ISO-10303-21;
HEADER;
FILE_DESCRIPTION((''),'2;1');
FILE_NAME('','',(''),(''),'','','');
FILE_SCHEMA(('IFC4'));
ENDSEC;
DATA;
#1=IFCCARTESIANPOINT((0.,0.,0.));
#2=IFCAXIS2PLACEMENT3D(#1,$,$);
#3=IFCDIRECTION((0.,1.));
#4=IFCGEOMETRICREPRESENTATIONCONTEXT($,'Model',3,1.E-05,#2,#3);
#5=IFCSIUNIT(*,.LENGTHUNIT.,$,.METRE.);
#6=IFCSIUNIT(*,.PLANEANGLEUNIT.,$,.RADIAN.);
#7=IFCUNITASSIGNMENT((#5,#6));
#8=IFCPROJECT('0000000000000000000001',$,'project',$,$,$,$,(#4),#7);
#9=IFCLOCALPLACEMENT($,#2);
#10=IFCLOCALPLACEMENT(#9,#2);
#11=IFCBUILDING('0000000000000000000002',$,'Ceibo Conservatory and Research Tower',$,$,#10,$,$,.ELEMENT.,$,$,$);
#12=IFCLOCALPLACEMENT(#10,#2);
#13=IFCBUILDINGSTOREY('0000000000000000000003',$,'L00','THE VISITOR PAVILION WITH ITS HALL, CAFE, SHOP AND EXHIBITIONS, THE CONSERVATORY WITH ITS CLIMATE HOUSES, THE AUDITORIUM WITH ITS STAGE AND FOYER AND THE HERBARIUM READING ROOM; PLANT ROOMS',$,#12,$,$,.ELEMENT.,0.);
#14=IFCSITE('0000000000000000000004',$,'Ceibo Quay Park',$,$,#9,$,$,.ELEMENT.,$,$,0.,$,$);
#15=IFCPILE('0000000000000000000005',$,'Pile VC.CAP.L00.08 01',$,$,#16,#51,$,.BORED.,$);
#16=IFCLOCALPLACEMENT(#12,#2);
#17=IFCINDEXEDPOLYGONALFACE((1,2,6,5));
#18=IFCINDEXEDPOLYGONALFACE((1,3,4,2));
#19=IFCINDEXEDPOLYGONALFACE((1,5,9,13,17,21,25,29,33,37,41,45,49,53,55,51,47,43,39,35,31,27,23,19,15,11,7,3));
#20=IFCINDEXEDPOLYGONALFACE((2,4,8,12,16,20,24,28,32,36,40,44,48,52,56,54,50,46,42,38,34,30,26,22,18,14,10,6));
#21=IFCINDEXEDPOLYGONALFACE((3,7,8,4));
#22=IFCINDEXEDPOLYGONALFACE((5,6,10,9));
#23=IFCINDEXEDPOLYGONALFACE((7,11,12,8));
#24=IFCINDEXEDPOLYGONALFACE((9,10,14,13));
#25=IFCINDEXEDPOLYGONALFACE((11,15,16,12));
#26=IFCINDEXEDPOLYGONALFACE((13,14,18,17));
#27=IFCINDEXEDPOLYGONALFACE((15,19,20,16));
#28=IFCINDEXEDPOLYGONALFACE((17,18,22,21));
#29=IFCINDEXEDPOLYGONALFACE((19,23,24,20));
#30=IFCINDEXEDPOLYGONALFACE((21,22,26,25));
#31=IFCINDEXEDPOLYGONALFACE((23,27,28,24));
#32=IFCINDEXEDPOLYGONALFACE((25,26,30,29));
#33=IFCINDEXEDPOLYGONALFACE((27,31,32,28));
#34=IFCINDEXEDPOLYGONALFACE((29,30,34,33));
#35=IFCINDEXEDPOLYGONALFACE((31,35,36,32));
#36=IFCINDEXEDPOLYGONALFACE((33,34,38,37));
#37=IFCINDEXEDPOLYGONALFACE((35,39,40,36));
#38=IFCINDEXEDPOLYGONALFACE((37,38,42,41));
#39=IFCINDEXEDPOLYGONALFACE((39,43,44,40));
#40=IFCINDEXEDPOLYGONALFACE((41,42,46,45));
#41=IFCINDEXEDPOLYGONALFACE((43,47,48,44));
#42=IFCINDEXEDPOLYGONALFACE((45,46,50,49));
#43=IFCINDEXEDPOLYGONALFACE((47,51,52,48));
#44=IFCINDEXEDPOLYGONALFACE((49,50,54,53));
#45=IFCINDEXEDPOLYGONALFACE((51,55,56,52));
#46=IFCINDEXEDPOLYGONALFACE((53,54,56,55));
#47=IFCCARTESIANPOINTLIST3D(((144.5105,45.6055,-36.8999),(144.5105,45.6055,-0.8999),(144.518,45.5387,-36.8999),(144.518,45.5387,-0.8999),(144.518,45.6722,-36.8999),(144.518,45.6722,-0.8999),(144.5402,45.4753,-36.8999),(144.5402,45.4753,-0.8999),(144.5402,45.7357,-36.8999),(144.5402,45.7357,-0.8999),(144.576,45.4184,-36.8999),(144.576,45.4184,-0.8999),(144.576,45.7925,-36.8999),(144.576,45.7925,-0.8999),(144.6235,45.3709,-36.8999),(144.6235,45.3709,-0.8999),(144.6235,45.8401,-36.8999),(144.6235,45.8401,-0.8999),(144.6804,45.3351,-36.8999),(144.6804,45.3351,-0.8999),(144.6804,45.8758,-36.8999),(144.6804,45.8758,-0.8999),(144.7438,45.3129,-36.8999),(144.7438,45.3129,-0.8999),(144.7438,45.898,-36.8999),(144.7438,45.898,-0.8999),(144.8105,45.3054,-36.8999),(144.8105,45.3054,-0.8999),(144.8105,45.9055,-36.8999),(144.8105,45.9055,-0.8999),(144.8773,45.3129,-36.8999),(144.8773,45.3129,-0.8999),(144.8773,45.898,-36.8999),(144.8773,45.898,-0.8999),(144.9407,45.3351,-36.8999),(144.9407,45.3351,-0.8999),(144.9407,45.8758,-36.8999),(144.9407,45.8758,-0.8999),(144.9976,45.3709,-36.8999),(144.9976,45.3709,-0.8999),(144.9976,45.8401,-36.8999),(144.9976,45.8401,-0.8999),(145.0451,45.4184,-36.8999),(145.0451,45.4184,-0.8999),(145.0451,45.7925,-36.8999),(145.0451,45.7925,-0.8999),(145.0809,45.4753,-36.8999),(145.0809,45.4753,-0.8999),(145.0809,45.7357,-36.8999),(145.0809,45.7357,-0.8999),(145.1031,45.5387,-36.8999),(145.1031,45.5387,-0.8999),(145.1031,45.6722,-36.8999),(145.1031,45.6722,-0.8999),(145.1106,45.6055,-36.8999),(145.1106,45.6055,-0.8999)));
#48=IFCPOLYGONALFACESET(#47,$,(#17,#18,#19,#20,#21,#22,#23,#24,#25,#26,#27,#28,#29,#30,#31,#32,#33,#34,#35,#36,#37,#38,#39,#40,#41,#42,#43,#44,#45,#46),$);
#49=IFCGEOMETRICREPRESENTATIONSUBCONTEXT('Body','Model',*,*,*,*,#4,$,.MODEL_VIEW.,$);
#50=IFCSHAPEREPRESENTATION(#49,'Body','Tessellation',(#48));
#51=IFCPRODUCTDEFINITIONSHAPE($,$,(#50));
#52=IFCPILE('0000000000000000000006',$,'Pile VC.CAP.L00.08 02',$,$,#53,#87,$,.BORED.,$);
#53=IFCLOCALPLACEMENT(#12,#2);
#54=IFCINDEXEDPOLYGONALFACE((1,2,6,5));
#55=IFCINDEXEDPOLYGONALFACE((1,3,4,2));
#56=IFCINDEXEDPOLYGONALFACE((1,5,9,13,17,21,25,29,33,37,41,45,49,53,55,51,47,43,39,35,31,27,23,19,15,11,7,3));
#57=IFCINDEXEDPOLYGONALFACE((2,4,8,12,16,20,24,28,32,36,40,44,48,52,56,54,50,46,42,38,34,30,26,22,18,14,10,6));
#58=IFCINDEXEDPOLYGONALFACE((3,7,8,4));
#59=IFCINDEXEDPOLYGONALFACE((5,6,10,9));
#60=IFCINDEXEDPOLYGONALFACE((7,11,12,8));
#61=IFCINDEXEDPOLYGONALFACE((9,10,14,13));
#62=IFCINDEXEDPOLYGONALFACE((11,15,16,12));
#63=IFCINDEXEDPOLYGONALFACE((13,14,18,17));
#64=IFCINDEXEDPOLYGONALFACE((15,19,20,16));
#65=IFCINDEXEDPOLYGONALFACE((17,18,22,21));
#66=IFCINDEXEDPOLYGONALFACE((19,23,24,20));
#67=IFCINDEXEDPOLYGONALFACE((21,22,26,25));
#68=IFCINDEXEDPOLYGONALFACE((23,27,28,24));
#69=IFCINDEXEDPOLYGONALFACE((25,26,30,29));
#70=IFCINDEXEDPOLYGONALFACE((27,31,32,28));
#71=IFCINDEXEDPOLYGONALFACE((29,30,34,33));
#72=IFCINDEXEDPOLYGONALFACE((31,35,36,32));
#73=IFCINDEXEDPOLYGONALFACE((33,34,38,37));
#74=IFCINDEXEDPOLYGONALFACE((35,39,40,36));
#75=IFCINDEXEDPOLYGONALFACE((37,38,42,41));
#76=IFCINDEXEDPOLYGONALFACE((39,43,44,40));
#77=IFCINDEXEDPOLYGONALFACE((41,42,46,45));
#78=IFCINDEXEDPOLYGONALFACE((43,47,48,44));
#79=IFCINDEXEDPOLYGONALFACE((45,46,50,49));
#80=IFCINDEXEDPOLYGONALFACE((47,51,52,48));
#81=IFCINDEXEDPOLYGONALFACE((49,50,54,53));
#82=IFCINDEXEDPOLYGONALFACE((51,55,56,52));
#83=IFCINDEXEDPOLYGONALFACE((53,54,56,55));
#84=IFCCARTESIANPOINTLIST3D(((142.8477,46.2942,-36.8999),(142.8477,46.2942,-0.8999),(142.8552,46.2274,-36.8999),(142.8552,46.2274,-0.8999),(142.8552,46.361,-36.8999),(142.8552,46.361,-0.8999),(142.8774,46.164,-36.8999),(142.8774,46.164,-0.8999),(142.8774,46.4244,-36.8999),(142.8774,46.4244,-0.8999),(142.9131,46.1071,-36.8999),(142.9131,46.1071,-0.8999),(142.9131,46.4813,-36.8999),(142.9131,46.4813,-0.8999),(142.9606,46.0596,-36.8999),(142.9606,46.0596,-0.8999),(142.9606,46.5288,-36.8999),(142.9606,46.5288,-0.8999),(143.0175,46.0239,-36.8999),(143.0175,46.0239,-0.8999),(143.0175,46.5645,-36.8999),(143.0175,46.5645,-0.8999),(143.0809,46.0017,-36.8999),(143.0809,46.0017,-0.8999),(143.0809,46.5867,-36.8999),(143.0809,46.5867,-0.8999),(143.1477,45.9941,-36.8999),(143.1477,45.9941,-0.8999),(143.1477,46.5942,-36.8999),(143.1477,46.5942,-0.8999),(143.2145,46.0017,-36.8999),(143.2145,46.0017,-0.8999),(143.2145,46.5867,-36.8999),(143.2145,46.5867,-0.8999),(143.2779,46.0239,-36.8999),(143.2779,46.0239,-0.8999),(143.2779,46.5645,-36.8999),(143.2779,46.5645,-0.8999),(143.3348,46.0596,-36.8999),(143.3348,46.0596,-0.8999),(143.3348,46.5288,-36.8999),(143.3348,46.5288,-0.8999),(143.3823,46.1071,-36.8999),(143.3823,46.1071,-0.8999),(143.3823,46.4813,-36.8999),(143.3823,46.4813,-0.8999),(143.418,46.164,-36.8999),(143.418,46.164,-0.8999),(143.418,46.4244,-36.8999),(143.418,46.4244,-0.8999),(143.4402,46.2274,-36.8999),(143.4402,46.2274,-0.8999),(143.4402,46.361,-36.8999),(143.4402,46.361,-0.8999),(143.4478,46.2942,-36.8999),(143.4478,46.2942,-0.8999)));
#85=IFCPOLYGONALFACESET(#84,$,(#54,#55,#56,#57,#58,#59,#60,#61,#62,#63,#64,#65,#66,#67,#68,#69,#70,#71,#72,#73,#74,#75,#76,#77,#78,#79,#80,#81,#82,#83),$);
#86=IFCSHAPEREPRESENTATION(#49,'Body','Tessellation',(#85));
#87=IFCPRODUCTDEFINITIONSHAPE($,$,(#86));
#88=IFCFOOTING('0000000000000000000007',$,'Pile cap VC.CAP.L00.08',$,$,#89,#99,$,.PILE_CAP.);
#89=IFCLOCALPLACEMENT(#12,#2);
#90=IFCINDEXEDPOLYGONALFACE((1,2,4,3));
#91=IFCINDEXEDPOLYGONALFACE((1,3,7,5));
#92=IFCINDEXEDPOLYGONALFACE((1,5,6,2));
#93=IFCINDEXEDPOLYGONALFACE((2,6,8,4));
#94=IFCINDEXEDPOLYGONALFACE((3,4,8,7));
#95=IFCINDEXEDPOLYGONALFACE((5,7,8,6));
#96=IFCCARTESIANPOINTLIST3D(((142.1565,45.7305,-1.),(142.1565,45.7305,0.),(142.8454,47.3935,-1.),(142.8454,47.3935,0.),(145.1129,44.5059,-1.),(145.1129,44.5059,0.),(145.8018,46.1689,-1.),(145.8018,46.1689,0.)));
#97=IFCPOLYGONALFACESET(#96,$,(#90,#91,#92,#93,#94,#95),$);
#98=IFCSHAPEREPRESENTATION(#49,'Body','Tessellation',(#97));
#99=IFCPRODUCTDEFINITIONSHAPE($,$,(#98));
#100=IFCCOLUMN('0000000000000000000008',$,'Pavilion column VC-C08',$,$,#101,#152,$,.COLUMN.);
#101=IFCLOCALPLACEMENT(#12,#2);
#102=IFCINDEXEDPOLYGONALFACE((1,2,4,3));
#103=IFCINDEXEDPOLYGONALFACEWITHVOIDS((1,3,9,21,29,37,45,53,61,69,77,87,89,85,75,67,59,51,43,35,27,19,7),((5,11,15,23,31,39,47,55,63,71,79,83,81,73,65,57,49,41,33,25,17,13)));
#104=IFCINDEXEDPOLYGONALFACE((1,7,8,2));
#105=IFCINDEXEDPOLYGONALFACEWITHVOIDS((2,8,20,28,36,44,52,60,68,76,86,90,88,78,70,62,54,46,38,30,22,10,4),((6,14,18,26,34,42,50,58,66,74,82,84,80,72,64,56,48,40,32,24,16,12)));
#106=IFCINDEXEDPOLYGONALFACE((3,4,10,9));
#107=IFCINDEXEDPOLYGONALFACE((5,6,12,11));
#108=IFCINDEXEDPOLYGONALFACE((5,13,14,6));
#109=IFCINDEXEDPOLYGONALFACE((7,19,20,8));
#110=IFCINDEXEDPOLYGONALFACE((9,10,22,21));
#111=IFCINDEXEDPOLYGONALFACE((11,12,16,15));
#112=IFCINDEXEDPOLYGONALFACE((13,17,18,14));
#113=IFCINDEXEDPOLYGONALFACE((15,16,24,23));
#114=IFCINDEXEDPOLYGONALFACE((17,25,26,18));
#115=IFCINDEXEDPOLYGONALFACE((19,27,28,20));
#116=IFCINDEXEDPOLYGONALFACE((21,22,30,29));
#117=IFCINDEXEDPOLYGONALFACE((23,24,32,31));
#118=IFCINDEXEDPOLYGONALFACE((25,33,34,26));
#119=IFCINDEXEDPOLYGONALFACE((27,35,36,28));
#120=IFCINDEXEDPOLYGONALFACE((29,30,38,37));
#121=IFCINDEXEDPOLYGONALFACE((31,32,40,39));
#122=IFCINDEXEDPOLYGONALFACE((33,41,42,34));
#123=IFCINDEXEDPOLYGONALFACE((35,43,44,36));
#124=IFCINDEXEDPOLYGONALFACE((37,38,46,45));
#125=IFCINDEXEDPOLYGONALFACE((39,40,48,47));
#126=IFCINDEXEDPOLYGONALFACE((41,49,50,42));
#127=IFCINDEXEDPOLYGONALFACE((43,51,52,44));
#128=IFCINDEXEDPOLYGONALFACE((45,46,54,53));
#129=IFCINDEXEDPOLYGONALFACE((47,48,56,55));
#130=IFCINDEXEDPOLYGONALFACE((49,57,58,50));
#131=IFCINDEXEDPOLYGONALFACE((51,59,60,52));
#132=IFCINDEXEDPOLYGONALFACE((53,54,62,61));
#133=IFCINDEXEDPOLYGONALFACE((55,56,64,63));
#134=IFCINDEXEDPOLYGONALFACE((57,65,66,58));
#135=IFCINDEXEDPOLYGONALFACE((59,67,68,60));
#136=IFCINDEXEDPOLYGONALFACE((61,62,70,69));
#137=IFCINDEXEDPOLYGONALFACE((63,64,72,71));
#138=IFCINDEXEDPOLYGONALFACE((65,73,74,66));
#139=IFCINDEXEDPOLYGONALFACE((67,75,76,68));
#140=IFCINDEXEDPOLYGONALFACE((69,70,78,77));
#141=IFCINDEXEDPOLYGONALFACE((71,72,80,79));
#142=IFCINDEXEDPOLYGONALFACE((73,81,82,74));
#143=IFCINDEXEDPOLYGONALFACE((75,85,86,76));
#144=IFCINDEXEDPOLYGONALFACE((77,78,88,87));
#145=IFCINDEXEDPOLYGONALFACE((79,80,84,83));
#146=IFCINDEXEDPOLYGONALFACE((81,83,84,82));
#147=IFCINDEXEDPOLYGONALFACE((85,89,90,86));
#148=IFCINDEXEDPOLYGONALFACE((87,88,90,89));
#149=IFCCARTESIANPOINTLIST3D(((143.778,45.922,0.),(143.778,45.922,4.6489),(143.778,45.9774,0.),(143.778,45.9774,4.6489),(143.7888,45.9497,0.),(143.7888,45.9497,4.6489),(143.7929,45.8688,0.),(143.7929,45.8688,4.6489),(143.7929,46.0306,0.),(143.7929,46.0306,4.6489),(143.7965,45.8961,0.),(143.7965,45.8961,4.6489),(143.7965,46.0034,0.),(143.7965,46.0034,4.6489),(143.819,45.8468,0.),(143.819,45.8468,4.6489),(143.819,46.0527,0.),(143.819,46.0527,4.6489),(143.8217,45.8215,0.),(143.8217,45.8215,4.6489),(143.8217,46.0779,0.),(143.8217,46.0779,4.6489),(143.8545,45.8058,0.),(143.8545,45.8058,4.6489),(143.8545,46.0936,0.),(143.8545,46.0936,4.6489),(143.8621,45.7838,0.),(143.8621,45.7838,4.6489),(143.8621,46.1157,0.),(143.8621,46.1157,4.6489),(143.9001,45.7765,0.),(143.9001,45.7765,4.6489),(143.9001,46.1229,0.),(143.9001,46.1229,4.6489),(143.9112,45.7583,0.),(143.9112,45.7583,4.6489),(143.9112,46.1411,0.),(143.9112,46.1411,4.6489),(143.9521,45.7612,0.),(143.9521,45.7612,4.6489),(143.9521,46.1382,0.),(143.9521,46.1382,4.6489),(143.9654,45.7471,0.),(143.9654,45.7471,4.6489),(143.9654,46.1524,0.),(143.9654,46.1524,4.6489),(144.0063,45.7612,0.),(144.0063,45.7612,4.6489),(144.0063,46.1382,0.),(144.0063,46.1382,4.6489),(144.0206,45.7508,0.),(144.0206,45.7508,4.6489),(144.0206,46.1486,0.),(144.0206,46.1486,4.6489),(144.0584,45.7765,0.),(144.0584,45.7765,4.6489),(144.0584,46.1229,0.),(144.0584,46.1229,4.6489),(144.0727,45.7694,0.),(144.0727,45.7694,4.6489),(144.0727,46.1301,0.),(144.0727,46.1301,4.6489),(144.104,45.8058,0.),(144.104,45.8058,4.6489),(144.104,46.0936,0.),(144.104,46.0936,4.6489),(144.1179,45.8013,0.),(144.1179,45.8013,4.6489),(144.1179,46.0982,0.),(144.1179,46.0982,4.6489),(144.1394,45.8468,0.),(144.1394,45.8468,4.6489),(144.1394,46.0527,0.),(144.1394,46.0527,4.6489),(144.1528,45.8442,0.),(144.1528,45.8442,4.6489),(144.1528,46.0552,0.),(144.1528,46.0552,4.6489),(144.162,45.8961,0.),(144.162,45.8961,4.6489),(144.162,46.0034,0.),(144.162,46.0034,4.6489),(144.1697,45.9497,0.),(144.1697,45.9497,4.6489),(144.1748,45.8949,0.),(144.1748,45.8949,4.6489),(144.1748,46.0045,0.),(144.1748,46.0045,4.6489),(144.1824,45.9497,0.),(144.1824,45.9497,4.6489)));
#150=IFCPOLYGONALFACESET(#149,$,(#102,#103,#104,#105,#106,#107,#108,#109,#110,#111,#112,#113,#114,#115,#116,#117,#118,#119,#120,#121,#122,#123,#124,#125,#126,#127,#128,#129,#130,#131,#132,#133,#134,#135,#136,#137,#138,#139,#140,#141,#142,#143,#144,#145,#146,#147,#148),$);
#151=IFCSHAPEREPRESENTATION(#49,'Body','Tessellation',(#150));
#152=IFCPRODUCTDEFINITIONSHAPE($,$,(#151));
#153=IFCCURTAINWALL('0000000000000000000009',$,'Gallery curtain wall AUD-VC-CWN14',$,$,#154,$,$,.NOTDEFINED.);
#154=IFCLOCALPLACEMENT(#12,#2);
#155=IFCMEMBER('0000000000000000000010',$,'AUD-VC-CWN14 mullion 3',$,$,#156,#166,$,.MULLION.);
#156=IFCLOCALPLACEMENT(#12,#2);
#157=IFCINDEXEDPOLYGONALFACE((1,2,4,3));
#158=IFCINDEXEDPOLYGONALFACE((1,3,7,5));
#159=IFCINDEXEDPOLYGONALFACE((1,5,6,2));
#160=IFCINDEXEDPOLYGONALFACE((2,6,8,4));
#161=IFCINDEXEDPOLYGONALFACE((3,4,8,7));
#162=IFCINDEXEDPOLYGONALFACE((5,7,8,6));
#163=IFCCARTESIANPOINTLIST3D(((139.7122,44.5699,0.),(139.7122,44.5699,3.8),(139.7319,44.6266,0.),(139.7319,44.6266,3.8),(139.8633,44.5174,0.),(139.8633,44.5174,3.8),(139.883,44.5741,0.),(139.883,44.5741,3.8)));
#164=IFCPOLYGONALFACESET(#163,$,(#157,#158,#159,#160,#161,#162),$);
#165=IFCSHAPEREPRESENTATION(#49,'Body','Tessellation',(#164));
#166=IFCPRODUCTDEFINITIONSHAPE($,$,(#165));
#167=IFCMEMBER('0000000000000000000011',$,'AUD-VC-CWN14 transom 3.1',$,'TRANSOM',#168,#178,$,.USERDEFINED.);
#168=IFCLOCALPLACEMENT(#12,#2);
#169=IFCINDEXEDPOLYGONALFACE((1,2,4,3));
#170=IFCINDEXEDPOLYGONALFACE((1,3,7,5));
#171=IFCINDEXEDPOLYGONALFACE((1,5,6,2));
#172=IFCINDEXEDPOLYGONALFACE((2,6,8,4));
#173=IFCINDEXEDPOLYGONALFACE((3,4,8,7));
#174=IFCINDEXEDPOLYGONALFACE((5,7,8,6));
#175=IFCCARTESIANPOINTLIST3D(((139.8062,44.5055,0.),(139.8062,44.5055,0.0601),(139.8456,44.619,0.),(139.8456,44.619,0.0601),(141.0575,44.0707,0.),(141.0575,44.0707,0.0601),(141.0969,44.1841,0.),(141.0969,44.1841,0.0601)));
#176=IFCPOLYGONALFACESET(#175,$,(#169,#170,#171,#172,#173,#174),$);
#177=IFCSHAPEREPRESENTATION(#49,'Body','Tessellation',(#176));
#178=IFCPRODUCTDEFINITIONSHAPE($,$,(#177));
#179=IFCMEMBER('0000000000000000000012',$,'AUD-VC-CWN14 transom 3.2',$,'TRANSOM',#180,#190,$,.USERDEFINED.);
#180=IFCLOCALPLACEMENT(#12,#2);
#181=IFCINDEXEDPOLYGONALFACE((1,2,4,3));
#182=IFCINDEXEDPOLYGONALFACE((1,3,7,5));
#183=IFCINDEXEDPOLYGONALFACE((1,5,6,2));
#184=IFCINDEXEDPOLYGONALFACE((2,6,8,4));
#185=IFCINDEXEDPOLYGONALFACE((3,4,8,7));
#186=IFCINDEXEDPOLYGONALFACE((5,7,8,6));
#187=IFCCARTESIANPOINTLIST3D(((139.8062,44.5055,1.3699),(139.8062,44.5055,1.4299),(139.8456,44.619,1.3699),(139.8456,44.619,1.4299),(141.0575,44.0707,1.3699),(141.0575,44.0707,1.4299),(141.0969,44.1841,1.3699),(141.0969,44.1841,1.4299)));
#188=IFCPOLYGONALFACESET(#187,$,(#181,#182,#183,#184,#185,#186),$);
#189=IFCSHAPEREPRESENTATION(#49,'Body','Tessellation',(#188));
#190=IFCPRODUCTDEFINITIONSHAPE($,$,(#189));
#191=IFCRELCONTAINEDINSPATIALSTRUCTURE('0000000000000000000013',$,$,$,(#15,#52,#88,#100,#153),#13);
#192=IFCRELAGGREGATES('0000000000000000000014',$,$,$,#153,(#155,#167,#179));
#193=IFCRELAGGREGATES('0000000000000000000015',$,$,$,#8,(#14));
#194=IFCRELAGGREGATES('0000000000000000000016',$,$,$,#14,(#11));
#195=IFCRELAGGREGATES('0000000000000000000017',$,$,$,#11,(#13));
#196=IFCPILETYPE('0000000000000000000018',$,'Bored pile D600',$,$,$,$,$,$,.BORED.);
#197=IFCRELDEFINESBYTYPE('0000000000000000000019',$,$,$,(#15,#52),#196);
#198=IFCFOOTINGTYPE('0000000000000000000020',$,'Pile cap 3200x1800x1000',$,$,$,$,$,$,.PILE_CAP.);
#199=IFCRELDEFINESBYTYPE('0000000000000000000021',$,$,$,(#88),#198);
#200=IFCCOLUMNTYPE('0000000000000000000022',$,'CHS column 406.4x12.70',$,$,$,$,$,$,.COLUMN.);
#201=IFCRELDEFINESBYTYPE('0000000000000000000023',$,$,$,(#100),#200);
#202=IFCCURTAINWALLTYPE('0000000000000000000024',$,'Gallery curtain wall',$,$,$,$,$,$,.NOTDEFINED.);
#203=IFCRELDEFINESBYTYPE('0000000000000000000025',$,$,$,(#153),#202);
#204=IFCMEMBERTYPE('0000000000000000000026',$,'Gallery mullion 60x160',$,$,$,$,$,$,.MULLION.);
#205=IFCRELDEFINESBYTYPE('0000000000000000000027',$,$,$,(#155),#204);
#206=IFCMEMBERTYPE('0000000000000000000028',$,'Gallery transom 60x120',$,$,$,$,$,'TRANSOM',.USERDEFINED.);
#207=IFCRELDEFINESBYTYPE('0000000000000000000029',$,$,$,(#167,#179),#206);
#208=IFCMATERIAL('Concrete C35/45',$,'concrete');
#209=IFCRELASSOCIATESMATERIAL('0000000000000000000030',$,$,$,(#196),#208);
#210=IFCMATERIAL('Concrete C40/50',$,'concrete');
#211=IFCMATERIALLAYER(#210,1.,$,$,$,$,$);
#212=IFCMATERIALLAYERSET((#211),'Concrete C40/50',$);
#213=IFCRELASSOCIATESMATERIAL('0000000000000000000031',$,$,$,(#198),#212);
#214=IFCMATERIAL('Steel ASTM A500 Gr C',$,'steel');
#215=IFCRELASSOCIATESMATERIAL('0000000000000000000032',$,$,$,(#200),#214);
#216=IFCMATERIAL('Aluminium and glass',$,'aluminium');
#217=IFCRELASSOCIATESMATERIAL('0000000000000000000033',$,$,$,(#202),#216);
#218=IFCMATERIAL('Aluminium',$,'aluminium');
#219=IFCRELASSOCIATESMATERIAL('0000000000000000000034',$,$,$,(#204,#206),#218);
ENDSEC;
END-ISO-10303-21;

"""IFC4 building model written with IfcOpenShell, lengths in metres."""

from ifc_helpers import new_model, si_unit, direction, frame, origin, origin_2d, place, context, subcontext, project, spatial, polyline, rectangle, circle, hollow_circle, outline, extrude, material, layer, layer_set, material_profile, profile_set, type_object, element, aggregate, save


model = new_model("IFC4")

# Units and contexts
model_context = context("Model", 3, precision=1e-05, world=origin(), true_north=direction((0.0, 1.0)))
body_context = subcontext(model_context, "Body", "Model", "MODEL_VIEW")
ifc_project = project(units=[si_unit("LENGTHUNIT", "METRE"), si_unit("PLANEANGLEUNIT", "RADIAN")], contexts=[model_context])

# Site, building, storey
site_placement = place(None, origin())
site = spatial("IfcSite", under=ifc_project, at=site_placement, Name="Ceibo Quay Park", CompositionType="ELEMENT", RefElevation=0.0)
building_placement = place(site_placement, origin())
building = spatial("IfcBuilding", under=site, at=building_placement, Name="Ceibo Conservatory and Research Tower", CompositionType="ELEMENT")
storey_placement = place(building_placement, origin())
storey = spatial("IfcBuildingStorey", under=building, at=storey_placement, Name="L00", Description="THE VISITOR PAVILION WITH ITS HALL, CAFE, SHOP AND EXHIBITIONS, THE CONSERVATORY WITH ITS CLIMATE HOUSES, THE AUDITORIUM WITH ITS STAGE AND FOYER AND THE HERBARIUM READING ROOM; PLANT ROOMS", CompositionType="ELEMENT", Elevation=0.0)

# Piles
ifc_material_1 = material(Name="Concrete C35/45", Category="concrete")
ifc_material_profile_1 = material_profile(ifc_material_1, circle(Radius=0.3, at=origin_2d()), Name="RC D600")
ifc_profile_set_1 = profile_set([ifc_material_profile_1], Name="Concrete C35/45")
pile_type = type_object("IfcPileType", Name="Bored pile D600", PredefinedType="BORED", material=ifc_profile_set_1)
for number, where, z_axis, x_axis, name in (
    (1, (144.8105, 45.6055, -0.8999), (0.0, 0.0, -1.0), (1.0, 0.0, 0.0), "Pile VC.CAP.L00.08 01"),
    (2, (143.1477, 46.2942, -0.8999), (0.0, 0.0, -1.0), (1.0, 0.0, 0.0), "Pile VC.CAP.L00.08 02"),
):
    element("IfcPile", number, at=place(storey_placement, frame(where, z_axis=z_axis, x_axis=x_axis)), inside=storey, type_object=pile_type, Name=name, PredefinedType="BORED", context=body_context, shape_type="SweptSolid", body=[
        extrude(circle(Radius=0.3, at=origin_2d()), origin(), (0.0, 0.0, 1.0), 36.0),
    ])

# Footing
ifc_material_2 = material(Name="Concrete C40/50", Category="concrete")
ifc_layer_1 = layer(ifc_material_2, 1.0)
ifc_layer_set_1 = layer_set([ifc_layer_1], Name="Concrete C40/50")
footing_type = type_object("IfcFootingType", Name="Pile cap 3200x1800x1000", PredefinedType="PILE_CAP", material=ifc_layer_set_1)
footing_placement = place(storey_placement, frame((145.8018, 46.1689, -1.0), z_axis=(0.0, 0.0, 1.0), x_axis=(-0.92388, 0.382683, 0.0)))
element("IfcFooting", 3, at=footing_placement, inside=storey, type_object=footing_type, Name="Pile cap VC.CAP.L00.08", PredefinedType="PILE_CAP", context=body_context, shape_type="SweptSolid", body=[
    extrude(outline(polyline([(0.0, 0.0), (3.2, 0.0), (3.2, 1.8), (0.0, 1.8), (0.0, 0.0)])), origin(), (0.0, 0.0, 1.0), 1.0),
])

# Column
ifc_material_3 = material(Name="Steel ASTM A500 Gr C", Category="steel")
ifc_material_profile_2 = material_profile(ifc_material_3, hollow_circle(Radius=0.2031, WallThickness=0.0127, at=origin_2d()), Name="CHS column 406.4x12.70")
ifc_profile_set_2 = profile_set([ifc_material_profile_2], Name="Steel ASTM A500 Gr C")
column_type = type_object("IfcColumnType", Name="CHS column 406.4x12.70", PredefinedType="COLUMN", material=ifc_profile_set_2)
column_placement = place(storey_placement, frame((143.9792, 45.9497, 0.0), z_axis=(0.0, 0.0, 1.0), x_axis=(1.0, 0.0, 0.0)))
element("IfcColumn", 4, at=column_placement, inside=storey, type_object=column_type, Name="Pavilion column VC-C08", PredefinedType="COLUMN", context=body_context, shape_type="SweptSolid", body=[
    extrude(hollow_circle(Radius=0.2031, WallThickness=0.0127, at=origin_2d()), origin(), (0.0, 0.0, 1.0), 4.6489),
])

# Curtain wall, members
ifc_material_4 = material(Name="Aluminium and glass", Category="aluminium")
curtain_wall_type_1 = type_object("IfcCurtainWallType", Name="Gallery curtain wall", PredefinedType="NOTDEFINED", material=ifc_material_4)
curtain_wall_1_placement = place(storey_placement, origin())
curtain_wall_1 = element("IfcCurtainWall", 5, at=curtain_wall_1_placement, inside=storey, type_object=curtain_wall_type_1, Name="Gallery curtain wall AUD-VC-CWN14", PredefinedType="NOTDEFINED")
ifc_material_5 = material(Name="Aluminium", Category="aluminium")
ifc_material_profile_3 = material_profile(ifc_material_5, rectangle(XDim=0.0601, YDim=0.1599, at=origin_2d()), Name="AL 60x160")
ifc_profile_set_3 = profile_set([ifc_material_profile_3], Name="Aluminium")
member_type_1 = type_object("IfcMemberType", Name="Gallery mullion 60x160", PredefinedType="MULLION", material=ifc_profile_set_3)
member_1_placement = place(storey_placement, frame((139.7976, 44.572, 0.0), z_axis=(0.0, 0.0, 1.0), x_axis=(0.328284, 0.944579, 0.0)))
member_1 = element("IfcMember", 6, at=member_1_placement, type_object=member_type_1, Name="AUD-VC-CWN14 mullion 3", PredefinedType="MULLION", context=body_context, shape_type="SweptSolid", body=[
    extrude(rectangle(XDim=0.0601, YDim=0.1599, at=origin_2d()), origin(), (0.0, 0.0, 1.0), 3.8),
])
ifc_material_profile_4 = material_profile(ifc_material_5, rectangle(XDim=0.1201, YDim=0.0601, at=origin_2d()), Name="AL 60x120")
ifc_profile_set_4 = profile_set([ifc_material_profile_4], Name="Aluminium")
member_type_2 = type_object("IfcMemberType", Name="Gallery transom 60x120", ElementType="TRANSOM", PredefinedType="USERDEFINED", material=ifc_profile_set_4)
member_2_placement = place(storey_placement, frame((139.8259, 44.5623, 0.03), z_axis=(0.944589, -0.328256, 0.0), x_axis=(0.328256, 0.944589, 0.0)))
member_2 = element("IfcMember", 7, at=member_2_placement, type_object=member_type_2, Name="AUD-VC-CWN14 transom 3.1", ObjectType="TRANSOM", PredefinedType="USERDEFINED", context=body_context, shape_type="SweptSolid", body=[
    extrude(rectangle(XDim=0.1201, YDim=0.0601, at=origin_2d()), origin(), (0.0, 0.0, 1.0), 1.3247),
])
member_3_placement = place(storey_placement, frame((139.8259, 44.5623, 1.3999), z_axis=(0.944589, -0.328256, 0.0), x_axis=(0.328256, 0.944589, 0.0)))
member_3 = element("IfcMember", 8, at=member_3_placement, type_object=member_type_2, Name="AUD-VC-CWN14 transom 3.2", ObjectType="TRANSOM", PredefinedType="USERDEFINED", context=body_context, shape_type="SweptSolid", body=[
    extrude(rectangle(XDim=0.1201, YDim=0.0601, at=origin_2d()), origin(), (0.0, 0.0, 1.0), 1.3247),
])

aggregate(curtain_wall_1, [member_1, member_2, member_3])

save(model, "model.ifc")
